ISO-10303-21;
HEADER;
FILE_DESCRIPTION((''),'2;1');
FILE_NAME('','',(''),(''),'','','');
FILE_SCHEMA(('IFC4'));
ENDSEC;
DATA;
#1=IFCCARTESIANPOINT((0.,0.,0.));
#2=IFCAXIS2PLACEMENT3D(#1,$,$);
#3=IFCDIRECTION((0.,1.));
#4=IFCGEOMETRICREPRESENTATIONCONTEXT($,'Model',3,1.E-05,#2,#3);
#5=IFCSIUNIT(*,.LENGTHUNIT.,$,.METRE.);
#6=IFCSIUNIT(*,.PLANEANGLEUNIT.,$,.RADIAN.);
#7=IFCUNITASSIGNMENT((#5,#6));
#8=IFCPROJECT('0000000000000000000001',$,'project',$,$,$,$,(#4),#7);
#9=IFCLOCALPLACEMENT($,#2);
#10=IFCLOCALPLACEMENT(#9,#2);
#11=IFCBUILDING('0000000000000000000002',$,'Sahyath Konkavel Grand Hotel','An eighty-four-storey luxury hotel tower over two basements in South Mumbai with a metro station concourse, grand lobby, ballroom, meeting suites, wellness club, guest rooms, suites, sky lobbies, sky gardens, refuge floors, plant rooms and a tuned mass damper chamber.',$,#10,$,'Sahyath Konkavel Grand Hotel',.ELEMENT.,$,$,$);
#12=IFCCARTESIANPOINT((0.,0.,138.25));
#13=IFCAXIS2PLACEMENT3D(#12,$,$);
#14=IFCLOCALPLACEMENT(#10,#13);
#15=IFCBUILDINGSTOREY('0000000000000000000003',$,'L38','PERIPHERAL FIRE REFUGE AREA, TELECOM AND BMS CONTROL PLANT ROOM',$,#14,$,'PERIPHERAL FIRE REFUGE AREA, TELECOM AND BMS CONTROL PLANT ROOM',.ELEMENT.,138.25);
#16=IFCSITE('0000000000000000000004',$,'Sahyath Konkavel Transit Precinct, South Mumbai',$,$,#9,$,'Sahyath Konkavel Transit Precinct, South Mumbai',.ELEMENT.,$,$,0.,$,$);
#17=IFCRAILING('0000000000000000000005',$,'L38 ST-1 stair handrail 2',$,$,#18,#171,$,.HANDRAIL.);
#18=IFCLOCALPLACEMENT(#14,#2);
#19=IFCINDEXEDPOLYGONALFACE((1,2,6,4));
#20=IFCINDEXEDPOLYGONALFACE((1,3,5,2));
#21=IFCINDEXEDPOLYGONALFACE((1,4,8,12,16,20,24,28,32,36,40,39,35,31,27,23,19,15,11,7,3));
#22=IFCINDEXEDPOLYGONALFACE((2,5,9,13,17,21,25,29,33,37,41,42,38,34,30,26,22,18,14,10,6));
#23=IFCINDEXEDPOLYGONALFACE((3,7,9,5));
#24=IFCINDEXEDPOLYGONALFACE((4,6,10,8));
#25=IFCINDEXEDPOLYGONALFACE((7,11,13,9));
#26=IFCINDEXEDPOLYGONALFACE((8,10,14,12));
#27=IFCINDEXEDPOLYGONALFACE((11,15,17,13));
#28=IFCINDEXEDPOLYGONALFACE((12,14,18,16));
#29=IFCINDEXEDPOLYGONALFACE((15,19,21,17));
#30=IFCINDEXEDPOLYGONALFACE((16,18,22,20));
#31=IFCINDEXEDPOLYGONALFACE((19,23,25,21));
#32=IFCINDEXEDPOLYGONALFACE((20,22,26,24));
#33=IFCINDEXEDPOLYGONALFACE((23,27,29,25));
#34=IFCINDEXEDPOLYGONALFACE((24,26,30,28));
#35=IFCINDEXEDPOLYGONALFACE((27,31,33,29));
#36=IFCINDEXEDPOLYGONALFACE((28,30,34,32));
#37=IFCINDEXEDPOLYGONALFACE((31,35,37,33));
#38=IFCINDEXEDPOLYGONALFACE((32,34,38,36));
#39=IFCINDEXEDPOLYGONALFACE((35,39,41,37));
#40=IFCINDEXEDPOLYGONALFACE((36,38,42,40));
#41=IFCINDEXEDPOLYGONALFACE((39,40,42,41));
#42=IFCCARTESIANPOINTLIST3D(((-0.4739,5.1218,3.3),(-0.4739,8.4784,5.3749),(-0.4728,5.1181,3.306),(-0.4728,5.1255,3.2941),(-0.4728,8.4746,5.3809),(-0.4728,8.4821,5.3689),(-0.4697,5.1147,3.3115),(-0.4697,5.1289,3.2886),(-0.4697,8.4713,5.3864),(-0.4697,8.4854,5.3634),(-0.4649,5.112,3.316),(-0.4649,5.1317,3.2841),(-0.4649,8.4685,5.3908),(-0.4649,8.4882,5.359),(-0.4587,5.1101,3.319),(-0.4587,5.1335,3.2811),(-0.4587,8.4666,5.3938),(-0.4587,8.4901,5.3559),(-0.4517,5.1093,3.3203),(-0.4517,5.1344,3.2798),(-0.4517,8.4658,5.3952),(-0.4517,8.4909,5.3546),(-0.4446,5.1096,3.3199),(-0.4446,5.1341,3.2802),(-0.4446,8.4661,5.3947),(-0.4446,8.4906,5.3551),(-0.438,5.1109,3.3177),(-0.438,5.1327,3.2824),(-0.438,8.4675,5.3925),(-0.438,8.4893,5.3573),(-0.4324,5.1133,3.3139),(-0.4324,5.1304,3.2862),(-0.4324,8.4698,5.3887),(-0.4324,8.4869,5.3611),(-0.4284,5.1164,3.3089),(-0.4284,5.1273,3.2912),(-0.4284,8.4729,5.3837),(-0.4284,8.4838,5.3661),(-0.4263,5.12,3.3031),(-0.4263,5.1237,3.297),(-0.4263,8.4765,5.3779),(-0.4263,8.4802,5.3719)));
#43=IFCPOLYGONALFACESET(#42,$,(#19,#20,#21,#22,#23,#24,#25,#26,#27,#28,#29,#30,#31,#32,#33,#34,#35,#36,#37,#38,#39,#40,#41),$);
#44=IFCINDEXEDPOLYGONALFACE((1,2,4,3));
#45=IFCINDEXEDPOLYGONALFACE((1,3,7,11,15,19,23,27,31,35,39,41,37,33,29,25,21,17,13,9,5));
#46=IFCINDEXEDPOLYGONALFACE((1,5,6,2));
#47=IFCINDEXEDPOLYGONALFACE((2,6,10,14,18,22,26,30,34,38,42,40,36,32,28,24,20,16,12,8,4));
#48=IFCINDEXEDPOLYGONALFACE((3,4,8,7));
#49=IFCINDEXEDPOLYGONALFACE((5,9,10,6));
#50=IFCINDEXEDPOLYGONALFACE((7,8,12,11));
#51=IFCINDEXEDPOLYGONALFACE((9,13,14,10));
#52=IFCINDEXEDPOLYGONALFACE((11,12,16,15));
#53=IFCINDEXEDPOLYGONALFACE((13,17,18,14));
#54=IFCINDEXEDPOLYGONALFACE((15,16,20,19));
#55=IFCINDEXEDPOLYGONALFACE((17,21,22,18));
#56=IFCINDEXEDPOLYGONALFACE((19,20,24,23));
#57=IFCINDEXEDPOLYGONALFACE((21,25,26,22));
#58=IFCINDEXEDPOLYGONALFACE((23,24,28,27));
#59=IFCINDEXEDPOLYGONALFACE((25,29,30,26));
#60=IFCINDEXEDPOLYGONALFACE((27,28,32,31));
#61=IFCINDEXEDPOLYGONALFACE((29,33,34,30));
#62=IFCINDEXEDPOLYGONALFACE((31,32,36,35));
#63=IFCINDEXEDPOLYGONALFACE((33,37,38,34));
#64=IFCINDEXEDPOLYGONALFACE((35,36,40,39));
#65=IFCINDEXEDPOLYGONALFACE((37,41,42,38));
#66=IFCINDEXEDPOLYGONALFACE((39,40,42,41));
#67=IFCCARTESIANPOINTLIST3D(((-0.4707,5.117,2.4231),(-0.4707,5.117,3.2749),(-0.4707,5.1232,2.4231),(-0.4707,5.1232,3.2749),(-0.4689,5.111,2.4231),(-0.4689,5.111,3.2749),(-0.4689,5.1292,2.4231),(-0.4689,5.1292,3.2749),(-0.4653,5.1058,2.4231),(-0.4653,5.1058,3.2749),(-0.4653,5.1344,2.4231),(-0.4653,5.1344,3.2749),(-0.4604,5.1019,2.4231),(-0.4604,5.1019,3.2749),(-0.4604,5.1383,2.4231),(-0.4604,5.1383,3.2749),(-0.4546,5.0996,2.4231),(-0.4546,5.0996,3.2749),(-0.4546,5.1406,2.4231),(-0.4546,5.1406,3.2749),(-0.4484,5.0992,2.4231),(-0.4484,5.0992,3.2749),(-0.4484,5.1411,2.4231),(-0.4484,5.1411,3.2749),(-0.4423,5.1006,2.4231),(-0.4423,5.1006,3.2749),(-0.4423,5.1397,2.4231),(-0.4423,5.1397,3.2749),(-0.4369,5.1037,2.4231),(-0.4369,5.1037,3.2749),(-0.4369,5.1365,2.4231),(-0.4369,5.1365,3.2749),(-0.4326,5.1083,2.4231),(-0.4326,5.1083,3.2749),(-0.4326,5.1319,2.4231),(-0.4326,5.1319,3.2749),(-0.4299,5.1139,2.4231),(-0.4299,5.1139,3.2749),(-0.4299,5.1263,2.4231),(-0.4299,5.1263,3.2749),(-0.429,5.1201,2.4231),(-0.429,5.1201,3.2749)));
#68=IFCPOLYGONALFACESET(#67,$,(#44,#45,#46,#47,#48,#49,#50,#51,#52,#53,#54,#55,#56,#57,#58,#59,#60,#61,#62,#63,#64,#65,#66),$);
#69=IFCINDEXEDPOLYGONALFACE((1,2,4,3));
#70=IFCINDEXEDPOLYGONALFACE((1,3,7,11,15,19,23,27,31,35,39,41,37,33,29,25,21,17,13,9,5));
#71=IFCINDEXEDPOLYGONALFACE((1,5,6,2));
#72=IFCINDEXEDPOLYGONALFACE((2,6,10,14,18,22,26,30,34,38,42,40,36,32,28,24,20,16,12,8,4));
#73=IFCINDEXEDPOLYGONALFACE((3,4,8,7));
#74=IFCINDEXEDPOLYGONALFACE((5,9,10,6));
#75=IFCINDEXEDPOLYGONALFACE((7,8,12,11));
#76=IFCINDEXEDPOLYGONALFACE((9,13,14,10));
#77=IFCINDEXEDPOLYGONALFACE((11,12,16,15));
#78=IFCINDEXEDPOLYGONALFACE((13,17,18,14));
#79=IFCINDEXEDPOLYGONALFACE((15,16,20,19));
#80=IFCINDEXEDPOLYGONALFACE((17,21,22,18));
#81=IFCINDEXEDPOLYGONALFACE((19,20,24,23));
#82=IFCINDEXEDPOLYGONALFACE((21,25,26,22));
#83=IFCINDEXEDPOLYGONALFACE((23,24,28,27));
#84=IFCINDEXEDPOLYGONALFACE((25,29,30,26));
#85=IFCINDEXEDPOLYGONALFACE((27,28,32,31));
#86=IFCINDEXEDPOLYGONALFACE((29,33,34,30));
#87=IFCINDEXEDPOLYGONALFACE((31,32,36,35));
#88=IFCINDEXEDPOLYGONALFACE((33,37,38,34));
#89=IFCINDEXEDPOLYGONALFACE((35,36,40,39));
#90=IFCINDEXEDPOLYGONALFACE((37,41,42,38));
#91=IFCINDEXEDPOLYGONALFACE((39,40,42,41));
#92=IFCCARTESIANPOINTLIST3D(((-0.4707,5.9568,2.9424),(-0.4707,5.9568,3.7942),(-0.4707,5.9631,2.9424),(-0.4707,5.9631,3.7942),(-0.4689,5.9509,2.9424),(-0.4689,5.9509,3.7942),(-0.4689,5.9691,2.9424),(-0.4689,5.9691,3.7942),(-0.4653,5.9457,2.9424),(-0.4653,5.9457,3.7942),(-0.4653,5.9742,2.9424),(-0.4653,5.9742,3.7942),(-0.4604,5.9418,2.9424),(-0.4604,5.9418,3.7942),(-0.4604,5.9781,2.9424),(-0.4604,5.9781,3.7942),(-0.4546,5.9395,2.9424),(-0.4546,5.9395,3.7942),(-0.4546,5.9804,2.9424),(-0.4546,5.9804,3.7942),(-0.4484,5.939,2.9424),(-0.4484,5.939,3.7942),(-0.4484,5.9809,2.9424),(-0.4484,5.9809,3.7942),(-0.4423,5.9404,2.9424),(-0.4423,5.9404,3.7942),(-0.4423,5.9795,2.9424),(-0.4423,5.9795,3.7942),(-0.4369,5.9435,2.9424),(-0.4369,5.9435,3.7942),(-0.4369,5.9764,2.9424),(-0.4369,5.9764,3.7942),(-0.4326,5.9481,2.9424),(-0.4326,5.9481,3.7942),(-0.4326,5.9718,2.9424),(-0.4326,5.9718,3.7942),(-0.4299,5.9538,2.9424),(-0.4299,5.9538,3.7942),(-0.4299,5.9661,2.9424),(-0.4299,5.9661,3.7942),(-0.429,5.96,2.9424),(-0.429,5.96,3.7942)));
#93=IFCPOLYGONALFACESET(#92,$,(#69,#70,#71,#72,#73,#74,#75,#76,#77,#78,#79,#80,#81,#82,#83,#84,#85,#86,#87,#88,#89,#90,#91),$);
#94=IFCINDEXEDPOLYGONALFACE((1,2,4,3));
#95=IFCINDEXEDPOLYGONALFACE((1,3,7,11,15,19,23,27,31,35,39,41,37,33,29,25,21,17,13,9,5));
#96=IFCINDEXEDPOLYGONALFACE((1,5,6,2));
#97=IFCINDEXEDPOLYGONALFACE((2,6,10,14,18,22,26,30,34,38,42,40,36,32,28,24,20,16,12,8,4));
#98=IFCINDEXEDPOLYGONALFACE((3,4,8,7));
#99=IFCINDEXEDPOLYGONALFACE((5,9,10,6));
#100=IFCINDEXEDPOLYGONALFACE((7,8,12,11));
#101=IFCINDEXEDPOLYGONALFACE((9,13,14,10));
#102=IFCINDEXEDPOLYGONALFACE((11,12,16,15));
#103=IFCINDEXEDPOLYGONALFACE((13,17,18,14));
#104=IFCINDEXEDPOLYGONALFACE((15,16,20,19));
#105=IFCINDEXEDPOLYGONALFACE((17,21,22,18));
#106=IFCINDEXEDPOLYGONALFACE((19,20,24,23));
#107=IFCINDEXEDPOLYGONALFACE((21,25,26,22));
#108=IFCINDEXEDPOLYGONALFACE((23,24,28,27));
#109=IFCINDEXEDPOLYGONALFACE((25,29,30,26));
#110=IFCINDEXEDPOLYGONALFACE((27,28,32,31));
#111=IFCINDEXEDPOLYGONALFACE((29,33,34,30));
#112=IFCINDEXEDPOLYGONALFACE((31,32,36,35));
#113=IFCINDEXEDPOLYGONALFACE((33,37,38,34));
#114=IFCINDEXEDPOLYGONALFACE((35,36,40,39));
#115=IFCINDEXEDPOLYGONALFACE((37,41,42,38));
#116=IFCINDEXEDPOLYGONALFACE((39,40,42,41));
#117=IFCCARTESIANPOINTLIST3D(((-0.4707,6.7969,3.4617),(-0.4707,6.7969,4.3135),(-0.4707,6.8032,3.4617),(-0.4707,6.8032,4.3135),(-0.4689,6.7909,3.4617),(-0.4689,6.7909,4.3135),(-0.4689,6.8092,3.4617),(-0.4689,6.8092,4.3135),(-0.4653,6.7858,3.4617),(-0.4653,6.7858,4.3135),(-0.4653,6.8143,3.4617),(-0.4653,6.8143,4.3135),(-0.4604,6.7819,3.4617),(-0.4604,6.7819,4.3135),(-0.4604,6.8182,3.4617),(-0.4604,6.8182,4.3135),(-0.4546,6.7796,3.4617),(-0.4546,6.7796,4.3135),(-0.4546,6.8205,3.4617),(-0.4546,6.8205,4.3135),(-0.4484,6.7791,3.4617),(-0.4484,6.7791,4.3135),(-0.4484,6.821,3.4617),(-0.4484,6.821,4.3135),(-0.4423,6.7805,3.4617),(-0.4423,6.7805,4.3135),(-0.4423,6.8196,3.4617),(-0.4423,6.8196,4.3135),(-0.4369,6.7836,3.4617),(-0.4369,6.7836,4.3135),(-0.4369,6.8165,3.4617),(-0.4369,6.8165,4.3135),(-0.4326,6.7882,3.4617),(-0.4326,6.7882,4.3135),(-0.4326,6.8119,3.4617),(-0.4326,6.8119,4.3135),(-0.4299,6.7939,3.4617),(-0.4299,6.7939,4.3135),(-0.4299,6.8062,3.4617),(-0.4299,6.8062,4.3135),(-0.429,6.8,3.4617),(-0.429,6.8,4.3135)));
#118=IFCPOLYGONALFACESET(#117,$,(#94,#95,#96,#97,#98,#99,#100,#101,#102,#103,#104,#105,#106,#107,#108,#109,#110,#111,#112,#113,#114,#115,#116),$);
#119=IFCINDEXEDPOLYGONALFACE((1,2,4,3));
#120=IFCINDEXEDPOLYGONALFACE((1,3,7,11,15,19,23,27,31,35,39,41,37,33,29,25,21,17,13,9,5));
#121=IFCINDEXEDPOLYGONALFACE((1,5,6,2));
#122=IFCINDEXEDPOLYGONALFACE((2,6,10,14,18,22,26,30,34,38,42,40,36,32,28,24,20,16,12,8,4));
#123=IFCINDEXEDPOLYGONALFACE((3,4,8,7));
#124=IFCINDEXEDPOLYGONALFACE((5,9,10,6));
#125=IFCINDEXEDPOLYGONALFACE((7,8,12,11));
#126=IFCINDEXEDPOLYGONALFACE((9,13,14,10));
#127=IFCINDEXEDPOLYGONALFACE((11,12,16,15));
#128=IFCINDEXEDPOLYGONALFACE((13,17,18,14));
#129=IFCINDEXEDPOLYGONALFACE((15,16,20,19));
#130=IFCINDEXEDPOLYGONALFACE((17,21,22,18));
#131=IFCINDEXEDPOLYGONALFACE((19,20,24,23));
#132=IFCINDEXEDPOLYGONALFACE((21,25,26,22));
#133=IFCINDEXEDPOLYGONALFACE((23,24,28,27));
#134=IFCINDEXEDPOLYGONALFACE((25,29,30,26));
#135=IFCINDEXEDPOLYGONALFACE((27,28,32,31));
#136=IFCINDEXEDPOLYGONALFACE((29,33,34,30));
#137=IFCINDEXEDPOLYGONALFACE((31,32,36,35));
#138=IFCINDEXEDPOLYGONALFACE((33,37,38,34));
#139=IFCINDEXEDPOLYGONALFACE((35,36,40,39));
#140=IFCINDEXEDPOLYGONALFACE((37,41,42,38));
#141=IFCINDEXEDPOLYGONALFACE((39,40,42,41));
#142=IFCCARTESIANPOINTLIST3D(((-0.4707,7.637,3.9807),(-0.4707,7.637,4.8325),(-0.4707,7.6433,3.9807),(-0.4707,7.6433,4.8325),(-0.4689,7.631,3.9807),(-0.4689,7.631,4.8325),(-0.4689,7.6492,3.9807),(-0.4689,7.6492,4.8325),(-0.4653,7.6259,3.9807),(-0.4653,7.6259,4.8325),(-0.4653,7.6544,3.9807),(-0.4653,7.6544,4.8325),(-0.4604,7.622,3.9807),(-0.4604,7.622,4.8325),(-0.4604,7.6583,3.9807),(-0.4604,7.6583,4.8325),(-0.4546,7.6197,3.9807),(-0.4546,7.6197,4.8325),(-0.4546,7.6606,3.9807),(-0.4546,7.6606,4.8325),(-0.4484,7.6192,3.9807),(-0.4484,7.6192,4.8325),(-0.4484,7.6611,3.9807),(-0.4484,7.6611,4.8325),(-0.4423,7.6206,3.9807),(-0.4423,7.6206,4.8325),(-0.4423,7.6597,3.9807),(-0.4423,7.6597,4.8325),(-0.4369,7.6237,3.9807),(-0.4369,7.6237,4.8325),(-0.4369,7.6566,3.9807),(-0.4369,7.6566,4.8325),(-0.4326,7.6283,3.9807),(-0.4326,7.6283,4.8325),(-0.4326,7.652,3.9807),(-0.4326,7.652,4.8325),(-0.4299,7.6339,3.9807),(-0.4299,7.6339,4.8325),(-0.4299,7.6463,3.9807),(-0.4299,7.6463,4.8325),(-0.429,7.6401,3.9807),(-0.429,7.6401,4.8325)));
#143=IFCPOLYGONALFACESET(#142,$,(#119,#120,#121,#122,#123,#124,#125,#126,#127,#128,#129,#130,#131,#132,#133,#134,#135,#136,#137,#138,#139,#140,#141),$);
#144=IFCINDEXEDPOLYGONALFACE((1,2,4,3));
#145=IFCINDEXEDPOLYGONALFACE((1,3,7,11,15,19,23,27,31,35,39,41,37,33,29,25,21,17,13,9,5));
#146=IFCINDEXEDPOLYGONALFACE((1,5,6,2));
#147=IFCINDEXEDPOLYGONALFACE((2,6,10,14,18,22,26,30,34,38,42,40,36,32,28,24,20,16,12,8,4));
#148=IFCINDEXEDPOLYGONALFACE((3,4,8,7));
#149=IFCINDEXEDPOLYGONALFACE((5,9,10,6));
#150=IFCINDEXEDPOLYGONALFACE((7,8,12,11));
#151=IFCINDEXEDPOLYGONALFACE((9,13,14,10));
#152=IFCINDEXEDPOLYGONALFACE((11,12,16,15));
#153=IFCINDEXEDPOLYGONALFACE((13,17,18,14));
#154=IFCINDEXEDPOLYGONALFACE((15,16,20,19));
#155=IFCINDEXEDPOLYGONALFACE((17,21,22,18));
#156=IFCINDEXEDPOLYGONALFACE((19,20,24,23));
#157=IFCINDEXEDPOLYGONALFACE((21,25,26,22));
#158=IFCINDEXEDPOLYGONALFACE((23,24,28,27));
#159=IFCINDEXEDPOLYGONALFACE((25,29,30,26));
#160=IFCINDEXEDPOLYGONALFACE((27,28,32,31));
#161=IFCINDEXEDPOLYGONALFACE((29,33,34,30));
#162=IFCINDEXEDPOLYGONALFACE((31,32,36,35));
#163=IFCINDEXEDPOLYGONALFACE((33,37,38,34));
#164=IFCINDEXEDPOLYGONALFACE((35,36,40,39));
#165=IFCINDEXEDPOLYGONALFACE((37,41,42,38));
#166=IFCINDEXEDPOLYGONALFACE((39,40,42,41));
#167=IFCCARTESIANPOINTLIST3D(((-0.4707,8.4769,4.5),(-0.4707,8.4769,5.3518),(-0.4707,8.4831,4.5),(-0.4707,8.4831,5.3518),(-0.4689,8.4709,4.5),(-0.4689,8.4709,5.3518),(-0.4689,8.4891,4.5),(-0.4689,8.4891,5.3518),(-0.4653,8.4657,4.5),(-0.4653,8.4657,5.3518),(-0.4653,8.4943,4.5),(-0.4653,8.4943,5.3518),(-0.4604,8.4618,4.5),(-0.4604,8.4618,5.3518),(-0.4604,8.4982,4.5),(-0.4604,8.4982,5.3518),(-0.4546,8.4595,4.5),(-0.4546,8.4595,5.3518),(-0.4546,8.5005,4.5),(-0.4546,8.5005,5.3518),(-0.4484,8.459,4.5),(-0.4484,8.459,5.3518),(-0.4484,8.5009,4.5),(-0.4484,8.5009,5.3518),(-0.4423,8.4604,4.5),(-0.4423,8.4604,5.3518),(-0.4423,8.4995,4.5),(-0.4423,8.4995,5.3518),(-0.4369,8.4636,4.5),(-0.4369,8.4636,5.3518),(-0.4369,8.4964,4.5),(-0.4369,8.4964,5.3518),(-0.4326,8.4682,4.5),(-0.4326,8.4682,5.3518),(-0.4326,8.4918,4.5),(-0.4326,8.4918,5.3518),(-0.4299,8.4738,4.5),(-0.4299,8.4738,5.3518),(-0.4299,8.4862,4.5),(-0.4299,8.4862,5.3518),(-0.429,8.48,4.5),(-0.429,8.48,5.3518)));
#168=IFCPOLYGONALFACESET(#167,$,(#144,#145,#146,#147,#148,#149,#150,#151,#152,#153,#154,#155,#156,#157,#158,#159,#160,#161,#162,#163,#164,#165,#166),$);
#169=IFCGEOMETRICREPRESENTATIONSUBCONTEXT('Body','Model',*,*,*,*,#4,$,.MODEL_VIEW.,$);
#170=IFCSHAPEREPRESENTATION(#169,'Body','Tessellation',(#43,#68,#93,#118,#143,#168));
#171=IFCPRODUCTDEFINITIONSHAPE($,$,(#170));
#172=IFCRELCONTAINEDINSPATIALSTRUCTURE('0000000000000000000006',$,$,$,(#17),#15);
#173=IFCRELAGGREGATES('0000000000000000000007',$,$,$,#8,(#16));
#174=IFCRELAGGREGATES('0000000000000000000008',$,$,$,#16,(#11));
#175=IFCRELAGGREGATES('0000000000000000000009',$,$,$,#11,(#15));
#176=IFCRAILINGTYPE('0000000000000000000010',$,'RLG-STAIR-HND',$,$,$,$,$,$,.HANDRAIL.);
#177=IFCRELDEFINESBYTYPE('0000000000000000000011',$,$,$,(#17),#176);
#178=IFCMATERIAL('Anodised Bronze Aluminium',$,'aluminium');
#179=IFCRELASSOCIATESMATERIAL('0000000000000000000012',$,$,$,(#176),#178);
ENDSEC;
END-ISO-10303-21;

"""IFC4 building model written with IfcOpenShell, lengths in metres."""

from ifc_helpers import new_model, si_unit, direction, frame, origin, origin_2d, place, context, subcontext, project, spatial, circle, extrude, material, type_object, element, save


model = new_model("IFC4")

# Units and contexts
model_context = context("Model", 3, precision=1e-05, world=origin(), true_north=direction((0.0, 1.0)))
body_context = subcontext(model_context, "Body", "Model", "MODEL_VIEW")
ifc_project = project(units=[si_unit("LENGTHUNIT", "METRE"), si_unit("PLANEANGLEUNIT", "RADIAN")], contexts=[model_context])

# Site, building, storey
site_placement = place(None, origin())
site = spatial("IfcSite", under=ifc_project, at=site_placement, Name="Sahyath Konkavel Transit Precinct, South Mumbai", LongName="Sahyath Konkavel Transit Precinct, South Mumbai", CompositionType="ELEMENT", RefElevation=0.0)
building_placement = place(site_placement, origin())
building = spatial("IfcBuilding", under=site, at=building_placement, Name="Sahyath Konkavel Grand Hotel", Description="An eighty-four-storey luxury hotel tower over two basements in South Mumbai with a metro station concourse, grand lobby, ballroom, meeting suites, wellness club, guest rooms, suites, sky lobbies, sky gardens, refuge floors, plant rooms and a tuned mass damper chamber.", LongName="Sahyath Konkavel Grand Hotel", CompositionType="ELEMENT")
storey_placement = place(building_placement, frame((0.0, 0.0, 138.25)))
storey = spatial("IfcBuildingStorey", under=building, at=storey_placement, Name="L38", Description="PERIPHERAL FIRE REFUGE AREA, TELECOM AND BMS CONTROL PLANT ROOM", LongName="PERIPHERAL FIRE REFUGE AREA, TELECOM AND BMS CONTROL PLANT ROOM", CompositionType="ELEMENT", Elevation=138.25)

# Railing
ifc_material_1 = material(Name="Anodised Bronze Aluminium", Category="aluminium")
railing_type = type_object("IfcRailingType", Name="RLG-STAIR-HND", PredefinedType="HANDRAIL", material=ifc_material_1)
railing_placement = place(storey_placement, frame((-0.45, 5.1201, 2.4231)))
element("IfcRailing", 1, at=railing_placement, inside=storey, type_object=railing_type, Name="L38 ST-1 stair handrail 2", PredefinedType="HANDRAIL", context=body_context, shape_type="SweptSolid", body=[
    extrude(circle(Radius=0.0239, at=origin_2d()), frame((0.0, 0.0017, 0.877), z_axis=(0.0, 0.850606, 0.525803), x_axis=(-1.0, 0.0, 0.0)), (0.0, 0.0, 1.0), 3.946),
    extrude(circle(Radius=0.021, at=origin_2d()), origin(), (0.0, 0.0, 1.0), 0.8518),
    extrude(circle(Radius=0.021, at=origin_2d()), frame((0.0, 0.8398, 0.5193)), (0.0, 0.0, 1.0), 0.8518),
    extrude(circle(Radius=0.021, at=origin_2d()), frame((0.0, 1.6799, 1.0386)), (0.0, 0.0, 1.0), 0.8518),
    extrude(circle(Radius=0.021, at=origin_2d()), frame((0.0, 2.52, 1.5576)), (0.0, 0.0, 1.0), 0.8518),
    extrude(circle(Radius=0.021, at=origin_2d()), frame((0.0, 3.3599, 2.0769)), (0.0, 0.0, 1.0), 0.8518),
])

save(model, "model.ifc")
